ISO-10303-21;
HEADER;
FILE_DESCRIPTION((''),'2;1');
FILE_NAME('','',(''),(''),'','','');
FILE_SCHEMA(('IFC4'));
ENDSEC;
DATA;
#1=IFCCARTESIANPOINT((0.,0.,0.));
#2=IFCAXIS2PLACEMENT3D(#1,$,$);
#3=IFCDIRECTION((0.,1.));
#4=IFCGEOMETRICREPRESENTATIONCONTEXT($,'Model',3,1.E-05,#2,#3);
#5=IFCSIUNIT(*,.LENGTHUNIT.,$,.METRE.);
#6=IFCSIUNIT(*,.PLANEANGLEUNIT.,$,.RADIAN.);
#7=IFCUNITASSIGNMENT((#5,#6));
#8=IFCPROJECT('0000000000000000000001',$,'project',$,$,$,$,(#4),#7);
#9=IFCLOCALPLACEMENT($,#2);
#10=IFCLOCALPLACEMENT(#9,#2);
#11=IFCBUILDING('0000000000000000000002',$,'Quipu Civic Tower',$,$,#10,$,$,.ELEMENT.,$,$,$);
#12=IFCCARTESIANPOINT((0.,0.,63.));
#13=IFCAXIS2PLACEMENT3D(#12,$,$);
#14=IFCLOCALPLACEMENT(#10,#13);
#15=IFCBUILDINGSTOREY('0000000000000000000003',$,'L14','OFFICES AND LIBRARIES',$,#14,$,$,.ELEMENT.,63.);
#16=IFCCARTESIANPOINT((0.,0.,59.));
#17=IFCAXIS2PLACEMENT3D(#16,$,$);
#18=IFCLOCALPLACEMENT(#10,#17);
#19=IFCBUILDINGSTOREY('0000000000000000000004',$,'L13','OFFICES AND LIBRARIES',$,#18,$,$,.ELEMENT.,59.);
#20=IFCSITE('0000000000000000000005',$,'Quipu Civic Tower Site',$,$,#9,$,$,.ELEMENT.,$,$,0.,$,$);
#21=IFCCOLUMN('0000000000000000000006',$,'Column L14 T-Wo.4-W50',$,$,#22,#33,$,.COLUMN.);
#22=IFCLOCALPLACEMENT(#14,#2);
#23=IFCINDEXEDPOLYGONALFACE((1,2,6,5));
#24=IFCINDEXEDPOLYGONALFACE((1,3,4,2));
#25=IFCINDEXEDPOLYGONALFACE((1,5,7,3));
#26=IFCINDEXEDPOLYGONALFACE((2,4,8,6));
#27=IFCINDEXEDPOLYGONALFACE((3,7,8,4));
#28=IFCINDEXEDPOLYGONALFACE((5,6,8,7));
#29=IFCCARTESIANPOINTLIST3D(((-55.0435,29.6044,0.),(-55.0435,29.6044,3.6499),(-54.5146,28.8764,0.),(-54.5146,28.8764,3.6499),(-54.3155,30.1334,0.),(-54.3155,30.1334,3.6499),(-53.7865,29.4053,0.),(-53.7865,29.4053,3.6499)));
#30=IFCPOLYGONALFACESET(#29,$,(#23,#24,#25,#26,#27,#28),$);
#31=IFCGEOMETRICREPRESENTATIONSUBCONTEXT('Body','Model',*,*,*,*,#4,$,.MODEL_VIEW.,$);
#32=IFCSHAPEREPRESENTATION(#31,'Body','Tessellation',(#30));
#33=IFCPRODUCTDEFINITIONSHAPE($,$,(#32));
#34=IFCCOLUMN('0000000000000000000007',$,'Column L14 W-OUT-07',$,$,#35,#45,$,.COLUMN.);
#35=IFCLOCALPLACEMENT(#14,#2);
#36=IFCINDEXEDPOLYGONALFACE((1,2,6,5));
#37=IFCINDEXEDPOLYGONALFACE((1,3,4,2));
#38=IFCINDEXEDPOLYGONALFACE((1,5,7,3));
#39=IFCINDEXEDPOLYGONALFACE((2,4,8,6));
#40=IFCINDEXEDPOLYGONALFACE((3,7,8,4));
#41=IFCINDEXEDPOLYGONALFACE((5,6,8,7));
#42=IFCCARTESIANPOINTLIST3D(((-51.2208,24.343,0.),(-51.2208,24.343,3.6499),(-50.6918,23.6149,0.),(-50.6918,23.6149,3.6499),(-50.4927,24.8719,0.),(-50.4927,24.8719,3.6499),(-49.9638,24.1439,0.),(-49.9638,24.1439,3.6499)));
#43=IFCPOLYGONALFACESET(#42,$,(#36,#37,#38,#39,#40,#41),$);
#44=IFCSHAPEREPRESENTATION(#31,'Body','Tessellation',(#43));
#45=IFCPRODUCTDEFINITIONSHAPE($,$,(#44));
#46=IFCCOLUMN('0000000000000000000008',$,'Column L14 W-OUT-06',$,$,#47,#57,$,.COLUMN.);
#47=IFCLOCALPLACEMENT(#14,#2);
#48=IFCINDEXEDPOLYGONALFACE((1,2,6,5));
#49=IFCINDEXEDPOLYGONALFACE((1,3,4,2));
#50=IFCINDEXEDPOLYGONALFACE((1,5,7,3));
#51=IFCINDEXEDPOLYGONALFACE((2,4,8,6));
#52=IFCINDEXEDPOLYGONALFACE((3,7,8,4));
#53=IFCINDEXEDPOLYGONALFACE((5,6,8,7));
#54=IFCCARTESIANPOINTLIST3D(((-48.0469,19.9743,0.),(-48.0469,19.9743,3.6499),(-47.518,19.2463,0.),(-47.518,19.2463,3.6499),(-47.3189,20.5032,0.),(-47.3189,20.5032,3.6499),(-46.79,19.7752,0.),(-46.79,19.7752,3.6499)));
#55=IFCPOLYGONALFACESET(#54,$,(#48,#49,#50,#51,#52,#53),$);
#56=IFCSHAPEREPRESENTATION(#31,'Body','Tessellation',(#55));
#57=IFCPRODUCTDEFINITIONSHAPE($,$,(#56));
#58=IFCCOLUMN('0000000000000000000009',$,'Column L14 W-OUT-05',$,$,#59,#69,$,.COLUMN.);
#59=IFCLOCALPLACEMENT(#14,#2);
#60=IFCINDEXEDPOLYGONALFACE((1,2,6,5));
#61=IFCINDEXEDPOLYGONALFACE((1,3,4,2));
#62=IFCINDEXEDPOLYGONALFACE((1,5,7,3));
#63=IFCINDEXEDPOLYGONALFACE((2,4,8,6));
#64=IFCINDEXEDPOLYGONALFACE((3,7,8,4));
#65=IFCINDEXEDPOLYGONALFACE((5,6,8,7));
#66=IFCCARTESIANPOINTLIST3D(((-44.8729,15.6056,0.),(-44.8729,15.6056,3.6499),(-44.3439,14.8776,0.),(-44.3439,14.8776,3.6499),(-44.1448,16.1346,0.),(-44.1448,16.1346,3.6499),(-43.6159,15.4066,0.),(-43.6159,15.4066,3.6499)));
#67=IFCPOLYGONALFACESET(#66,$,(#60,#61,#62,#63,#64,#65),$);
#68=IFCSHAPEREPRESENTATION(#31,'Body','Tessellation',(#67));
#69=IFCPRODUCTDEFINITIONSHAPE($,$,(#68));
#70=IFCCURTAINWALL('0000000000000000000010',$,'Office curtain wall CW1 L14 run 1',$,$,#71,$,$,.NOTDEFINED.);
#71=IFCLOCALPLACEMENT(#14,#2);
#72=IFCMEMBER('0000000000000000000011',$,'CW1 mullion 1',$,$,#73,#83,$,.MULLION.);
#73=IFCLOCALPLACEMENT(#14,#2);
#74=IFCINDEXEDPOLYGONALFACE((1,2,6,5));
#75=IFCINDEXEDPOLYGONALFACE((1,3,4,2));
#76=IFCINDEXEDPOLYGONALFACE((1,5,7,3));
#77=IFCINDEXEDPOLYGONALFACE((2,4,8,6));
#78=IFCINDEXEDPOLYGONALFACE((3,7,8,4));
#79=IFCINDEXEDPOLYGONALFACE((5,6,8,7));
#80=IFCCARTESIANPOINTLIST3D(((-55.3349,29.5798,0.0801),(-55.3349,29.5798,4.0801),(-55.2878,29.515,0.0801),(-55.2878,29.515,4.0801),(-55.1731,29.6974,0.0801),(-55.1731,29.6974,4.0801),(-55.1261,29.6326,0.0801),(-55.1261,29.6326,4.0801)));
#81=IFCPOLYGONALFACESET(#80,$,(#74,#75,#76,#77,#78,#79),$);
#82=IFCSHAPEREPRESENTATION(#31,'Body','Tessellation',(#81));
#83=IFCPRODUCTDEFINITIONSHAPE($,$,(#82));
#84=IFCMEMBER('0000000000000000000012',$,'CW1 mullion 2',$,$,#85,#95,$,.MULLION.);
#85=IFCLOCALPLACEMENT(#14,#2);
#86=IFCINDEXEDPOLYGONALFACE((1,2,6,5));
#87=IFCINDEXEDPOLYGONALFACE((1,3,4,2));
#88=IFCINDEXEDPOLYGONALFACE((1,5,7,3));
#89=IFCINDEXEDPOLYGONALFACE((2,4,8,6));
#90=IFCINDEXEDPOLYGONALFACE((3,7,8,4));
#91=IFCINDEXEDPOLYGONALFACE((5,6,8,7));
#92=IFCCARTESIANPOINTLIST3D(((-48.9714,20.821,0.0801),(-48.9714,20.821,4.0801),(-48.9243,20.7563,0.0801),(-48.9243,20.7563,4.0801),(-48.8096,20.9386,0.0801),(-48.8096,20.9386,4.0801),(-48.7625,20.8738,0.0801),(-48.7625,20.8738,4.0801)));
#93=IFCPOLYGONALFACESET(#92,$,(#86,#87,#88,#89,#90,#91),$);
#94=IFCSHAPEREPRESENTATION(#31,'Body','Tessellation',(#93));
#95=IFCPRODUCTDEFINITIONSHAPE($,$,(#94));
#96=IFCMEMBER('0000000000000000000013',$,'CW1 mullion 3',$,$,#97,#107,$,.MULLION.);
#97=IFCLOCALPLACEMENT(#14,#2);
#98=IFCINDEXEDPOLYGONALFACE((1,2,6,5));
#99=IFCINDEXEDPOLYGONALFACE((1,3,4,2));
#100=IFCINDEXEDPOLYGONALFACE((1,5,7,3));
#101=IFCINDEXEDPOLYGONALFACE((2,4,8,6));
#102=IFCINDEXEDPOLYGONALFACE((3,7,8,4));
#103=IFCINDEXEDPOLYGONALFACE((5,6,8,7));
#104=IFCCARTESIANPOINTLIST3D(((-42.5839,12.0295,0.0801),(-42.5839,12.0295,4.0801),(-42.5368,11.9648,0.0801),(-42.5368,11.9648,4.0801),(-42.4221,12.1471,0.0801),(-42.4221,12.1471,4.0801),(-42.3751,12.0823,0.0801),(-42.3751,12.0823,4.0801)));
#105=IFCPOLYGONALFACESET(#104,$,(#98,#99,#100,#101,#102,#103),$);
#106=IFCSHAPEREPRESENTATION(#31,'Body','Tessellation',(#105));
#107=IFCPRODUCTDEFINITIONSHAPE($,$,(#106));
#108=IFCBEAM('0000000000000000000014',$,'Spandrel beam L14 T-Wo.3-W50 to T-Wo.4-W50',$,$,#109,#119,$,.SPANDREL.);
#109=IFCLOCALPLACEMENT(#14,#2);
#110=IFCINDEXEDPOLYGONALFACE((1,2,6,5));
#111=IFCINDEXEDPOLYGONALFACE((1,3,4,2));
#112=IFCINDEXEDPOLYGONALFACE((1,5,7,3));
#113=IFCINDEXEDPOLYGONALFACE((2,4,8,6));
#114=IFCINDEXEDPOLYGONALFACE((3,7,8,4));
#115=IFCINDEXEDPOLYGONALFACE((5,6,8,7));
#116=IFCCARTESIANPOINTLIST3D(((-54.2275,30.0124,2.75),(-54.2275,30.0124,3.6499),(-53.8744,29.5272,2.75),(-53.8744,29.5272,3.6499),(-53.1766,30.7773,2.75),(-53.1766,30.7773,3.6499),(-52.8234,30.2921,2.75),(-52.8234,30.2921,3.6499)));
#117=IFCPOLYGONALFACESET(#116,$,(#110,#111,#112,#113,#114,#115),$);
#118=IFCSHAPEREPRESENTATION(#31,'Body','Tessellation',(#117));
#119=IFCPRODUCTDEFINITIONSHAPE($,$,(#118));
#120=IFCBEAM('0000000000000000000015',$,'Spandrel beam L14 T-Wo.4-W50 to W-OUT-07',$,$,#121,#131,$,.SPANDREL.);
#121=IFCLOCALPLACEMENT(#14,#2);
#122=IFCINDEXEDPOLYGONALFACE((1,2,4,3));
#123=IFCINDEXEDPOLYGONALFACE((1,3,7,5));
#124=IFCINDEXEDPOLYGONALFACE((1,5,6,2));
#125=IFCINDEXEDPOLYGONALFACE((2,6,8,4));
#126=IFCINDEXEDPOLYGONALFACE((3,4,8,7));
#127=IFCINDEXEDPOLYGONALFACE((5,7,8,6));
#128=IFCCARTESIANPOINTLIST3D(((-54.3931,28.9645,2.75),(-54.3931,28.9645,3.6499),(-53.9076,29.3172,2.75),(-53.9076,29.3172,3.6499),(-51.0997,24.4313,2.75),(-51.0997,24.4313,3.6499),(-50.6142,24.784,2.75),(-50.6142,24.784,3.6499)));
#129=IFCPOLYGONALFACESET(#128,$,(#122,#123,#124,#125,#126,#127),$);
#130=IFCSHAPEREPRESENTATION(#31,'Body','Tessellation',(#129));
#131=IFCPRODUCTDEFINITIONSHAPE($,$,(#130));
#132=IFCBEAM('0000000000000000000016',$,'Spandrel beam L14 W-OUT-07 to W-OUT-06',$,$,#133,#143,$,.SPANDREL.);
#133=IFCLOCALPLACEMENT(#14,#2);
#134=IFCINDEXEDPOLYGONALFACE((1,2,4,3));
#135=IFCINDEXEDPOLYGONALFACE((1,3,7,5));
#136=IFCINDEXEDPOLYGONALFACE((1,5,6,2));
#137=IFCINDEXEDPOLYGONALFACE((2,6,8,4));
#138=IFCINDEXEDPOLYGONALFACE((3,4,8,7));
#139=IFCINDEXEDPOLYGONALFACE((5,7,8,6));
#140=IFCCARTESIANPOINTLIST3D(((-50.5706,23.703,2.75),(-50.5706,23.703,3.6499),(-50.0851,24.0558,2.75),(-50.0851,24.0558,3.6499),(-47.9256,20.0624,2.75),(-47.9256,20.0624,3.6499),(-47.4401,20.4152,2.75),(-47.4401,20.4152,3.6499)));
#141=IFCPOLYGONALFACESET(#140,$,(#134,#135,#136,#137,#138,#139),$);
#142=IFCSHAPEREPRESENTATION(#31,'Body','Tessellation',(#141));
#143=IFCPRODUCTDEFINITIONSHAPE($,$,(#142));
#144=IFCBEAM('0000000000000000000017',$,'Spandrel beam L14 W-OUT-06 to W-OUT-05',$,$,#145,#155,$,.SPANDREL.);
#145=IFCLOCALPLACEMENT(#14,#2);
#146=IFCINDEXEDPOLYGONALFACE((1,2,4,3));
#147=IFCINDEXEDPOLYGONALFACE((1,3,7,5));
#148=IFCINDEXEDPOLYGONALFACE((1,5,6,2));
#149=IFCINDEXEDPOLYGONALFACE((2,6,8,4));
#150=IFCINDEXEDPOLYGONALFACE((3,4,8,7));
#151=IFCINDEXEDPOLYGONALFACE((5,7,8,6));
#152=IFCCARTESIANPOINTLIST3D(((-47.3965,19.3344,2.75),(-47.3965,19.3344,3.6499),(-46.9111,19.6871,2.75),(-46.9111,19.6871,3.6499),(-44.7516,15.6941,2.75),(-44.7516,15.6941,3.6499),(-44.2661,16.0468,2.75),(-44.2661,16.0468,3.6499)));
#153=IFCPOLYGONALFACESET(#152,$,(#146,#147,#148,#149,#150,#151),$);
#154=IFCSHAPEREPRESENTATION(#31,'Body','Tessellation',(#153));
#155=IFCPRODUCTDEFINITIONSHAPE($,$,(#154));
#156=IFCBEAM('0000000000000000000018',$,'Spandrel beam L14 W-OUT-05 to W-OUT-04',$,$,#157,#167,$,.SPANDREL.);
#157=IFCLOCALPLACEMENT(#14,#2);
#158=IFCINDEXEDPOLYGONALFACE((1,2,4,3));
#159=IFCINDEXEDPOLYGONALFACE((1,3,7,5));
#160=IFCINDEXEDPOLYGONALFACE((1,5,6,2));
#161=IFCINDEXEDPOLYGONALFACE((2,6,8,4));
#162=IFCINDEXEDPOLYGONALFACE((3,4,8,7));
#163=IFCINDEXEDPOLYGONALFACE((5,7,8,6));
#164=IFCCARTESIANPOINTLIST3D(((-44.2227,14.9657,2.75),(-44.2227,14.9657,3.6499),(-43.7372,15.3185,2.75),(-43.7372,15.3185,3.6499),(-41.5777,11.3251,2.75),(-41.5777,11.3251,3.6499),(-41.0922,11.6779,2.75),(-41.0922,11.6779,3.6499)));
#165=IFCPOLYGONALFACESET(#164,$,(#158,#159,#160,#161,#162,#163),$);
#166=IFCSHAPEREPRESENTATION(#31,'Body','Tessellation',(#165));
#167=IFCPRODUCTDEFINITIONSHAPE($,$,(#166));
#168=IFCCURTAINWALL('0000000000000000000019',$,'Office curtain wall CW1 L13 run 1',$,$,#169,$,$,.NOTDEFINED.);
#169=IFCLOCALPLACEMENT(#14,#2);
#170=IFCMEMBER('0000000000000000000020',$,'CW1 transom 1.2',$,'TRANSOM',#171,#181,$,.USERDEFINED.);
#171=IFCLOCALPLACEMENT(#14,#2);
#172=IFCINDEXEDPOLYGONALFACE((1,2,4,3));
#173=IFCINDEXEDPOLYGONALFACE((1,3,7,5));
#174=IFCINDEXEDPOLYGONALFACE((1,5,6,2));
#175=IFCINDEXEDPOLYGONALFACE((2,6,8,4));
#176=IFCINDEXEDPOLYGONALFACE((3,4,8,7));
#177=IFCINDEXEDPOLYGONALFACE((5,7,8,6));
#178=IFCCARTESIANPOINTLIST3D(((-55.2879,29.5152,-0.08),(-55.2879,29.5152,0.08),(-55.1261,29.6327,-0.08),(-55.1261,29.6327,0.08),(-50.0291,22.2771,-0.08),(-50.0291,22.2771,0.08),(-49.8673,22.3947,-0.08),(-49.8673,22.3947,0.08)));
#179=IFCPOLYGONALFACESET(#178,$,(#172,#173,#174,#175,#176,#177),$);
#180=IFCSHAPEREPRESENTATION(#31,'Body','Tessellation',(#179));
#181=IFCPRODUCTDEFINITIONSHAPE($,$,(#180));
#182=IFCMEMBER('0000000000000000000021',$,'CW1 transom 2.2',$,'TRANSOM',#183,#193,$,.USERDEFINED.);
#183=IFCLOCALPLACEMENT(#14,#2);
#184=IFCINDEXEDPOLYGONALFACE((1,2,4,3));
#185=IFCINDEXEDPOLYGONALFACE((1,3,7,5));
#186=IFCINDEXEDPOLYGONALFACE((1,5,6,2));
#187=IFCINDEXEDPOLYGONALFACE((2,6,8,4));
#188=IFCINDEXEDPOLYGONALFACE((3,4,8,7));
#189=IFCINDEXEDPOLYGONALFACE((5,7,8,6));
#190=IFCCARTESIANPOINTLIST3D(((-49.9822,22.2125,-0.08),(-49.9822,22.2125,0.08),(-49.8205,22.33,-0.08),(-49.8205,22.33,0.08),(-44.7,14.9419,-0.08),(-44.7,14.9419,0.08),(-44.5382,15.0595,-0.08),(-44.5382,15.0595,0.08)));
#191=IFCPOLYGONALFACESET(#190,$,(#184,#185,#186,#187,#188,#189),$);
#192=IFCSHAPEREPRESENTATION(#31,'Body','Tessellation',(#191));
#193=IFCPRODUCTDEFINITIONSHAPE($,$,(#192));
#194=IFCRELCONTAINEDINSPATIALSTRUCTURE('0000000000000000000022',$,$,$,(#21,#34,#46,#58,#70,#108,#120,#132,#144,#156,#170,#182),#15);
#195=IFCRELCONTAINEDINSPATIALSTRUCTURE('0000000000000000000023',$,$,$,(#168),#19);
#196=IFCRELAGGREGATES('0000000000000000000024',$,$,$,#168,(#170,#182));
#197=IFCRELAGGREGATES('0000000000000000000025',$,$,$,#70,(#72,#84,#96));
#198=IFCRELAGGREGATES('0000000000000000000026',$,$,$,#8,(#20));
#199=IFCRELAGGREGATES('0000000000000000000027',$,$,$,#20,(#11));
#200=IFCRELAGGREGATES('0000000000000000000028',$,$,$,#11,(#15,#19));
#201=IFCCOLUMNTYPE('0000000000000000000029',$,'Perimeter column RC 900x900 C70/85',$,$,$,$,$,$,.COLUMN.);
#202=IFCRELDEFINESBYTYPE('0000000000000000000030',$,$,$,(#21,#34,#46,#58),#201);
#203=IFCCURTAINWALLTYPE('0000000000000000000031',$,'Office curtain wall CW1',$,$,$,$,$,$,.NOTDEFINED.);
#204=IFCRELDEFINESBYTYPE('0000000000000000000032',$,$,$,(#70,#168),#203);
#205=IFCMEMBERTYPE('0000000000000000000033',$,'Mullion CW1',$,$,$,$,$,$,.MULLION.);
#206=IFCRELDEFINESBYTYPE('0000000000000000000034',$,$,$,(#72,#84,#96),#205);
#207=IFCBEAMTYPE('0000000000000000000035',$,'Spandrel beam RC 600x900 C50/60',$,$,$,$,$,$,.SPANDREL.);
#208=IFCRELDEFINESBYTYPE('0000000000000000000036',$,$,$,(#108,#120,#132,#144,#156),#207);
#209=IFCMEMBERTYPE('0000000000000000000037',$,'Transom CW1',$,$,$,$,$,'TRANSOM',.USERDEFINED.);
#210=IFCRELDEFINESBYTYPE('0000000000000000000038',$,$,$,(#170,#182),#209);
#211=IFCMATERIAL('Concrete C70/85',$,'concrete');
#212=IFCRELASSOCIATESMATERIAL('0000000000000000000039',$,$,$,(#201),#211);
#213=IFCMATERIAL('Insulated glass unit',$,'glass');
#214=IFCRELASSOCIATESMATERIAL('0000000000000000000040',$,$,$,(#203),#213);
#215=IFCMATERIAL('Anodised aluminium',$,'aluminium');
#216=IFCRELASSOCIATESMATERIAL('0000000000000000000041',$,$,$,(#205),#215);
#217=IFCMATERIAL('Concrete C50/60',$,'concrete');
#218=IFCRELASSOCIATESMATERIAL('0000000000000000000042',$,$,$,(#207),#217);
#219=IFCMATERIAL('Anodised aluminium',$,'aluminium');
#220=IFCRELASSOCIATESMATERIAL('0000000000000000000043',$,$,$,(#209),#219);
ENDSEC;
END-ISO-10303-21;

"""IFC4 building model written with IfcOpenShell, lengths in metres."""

from ifc_helpers import new_model, si_unit, direction, frame, origin, origin_2d, place, context, subcontext, project, spatial, rectangle, extrude, material, material_profile, profile_set, type_object, element, aggregate, save


model = new_model("IFC4")

# Units and contexts
model_context = context("Model", 3, precision=1e-05, world=origin(), true_north=direction((0.0, 1.0)))
body_context = subcontext(model_context, "Body", "Model", "MODEL_VIEW")
ifc_project = project(units=[si_unit("LENGTHUNIT", "METRE"), si_unit("PLANEANGLEUNIT", "RADIAN")], contexts=[model_context])

# Site, building, storey
site_placement = place(None, origin())
site = spatial("IfcSite", under=ifc_project, at=site_placement, Name="Quipu Civic Tower Site", CompositionType="ELEMENT", RefElevation=0.0)
building_placement = place(site_placement, origin())
building = spatial("IfcBuilding", under=site, at=building_placement, Name="Quipu Civic Tower", CompositionType="ELEMENT")
storey_1_placement = place(building_placement, frame((0.0, 0.0, 63.0)))
storey_1 = spatial("IfcBuildingStorey", under=building, at=storey_1_placement, Name="L14", Description="OFFICES AND LIBRARIES", CompositionType="ELEMENT", Elevation=63.0)

# Columns
ifc_material_1 = material(Name="Concrete C70/85", Category="concrete")
ifc_material_profile_1 = material_profile(ifc_material_1, rectangle(XDim=0.8999, YDim=0.8999, at=origin_2d()), Name="RC900x900")
ifc_profile_set_1 = profile_set([ifc_material_profile_1], Name="Concrete C70/85")
column_type = type_object("IfcColumnType", Name="Perimeter column RC 900x900 C70/85", PredefinedType="COLUMN", material=ifc_profile_set_1)
for number, where, z_axis, x_axis, name in (
    (1, (-54.415, 29.5049, 0.0), (0.0, 0.0, 1.0), (0.587785, -0.809017, 0.0), "Column L14 T-Wo.4-W50"),
    (2, (-50.5923, 24.2434, 0.0), (0.0, 0.0, 1.0), (0.587785, -0.809017, 0.0), "Column L14 W-OUT-07"),
    (3, (-47.4185, 19.8748, 0.0), (0.0, 0.0, 1.0), (0.587785, -0.809017, 0.0), "Column L14 W-OUT-06"),
    (4, (-44.2444, 15.5061, 0.0), (0.0, 0.0, 1.0), (0.587785, -0.809017, 0.0), "Column L14 W-OUT-05"),
):
    element("IfcColumn", number, at=place(storey_1_placement, frame(where, z_axis=z_axis, x_axis=x_axis)), inside=storey_1, type_object=column_type, Name=name, PredefinedType="COLUMN", context=body_context, shape_type="SweptSolid", body=[
        extrude(rectangle(XDim=0.8999, YDim=0.8999, at=origin_2d()), origin(), (0.0, 0.0, 1.0), 3.6499),
    ])

# Curtain wall, members
ifc_material_2 = material(Name="Insulated glass unit", Category="glass")
curtain_wall_type = type_object("IfcCurtainWallType", Name="Office curtain wall CW1", PredefinedType="NOTDEFINED", material=ifc_material_2)
curtain_wall_1_placement = place(storey_1_placement, origin())
curtain_wall_1 = element("IfcCurtainWall", 5, at=curtain_wall_1_placement, inside=storey_1, type_object=curtain_wall_type, Name="Office curtain wall CW1 L14 run 1", PredefinedType="NOTDEFINED")
ifc_material_3 = material(Name="Anodised aluminium", Category="aluminium")
ifc_material_profile_2 = material_profile(ifc_material_3, rectangle(XDim=0.2, YDim=0.0801, at=origin_2d()), Name="RECT 200x80")
ifc_profile_set_2 = profile_set([ifc_material_profile_2], Name="Anodised aluminium")
member_type_1 = type_object("IfcMemberType", Name="Mullion CW1", PredefinedType="MULLION", material=ifc_profile_set_2)
member_1_placement = place(storey_1_placement, frame((-55.2305, 29.6062, 0.0801), z_axis=(0.0, 0.0, 1.0), x_axis=(0.809016, 0.587786, 0.0)))
member_1 = element("IfcMember", 6, at=member_1_placement, type_object=member_type_1, Name="CW1 mullion 1", PredefinedType="MULLION", context=body_context, shape_type="SweptSolid", body=[
    extrude(rectangle(XDim=0.2, YDim=0.0801, at=origin_2d()), origin(), (0.0, 0.0, 1.0), 4.0),
])
member_2_placement = place(storey_1_placement, frame((-48.8669, 20.8474, 0.0801), z_axis=(0.0, 0.0, 1.0), x_axis=(0.809016, 0.587786, 0.0)))
member_2 = element("IfcMember", 7, at=member_2_placement, type_object=member_type_1, Name="CW1 mullion 2", PredefinedType="MULLION", context=body_context, shape_type="SweptSolid", body=[
    extrude(rectangle(XDim=0.2, YDim=0.0801, at=origin_2d()), origin(), (0.0, 0.0, 1.0), 4.0),
])
member_3_placement = place(storey_1_placement, frame((-42.4795, 12.0559, 0.0801), z_axis=(0.0, 0.0, 1.0), x_axis=(0.809016, 0.587786, 0.0)))
member_3 = element("IfcMember", 8, at=member_3_placement, type_object=member_type_1, Name="CW1 mullion 3", PredefinedType="MULLION", context=body_context, shape_type="SweptSolid", body=[
    extrude(rectangle(XDim=0.2, YDim=0.0801, at=origin_2d()), origin(), (0.0, 0.0, 1.0), 4.0),
])

# Beams
ifc_material_4 = material(Name="Concrete C50/60", Category="concrete")
ifc_material_profile_3 = material_profile(ifc_material_4, rectangle(XDim=0.6001, YDim=0.8999, at=origin_2d()), Name="RC600x900")
ifc_profile_set_3 = profile_set([ifc_material_profile_3], Name="Concrete C50/60")
beam_type = type_object("IfcBeamType", Name="Spandrel beam RC 600x900 C50/60", PredefinedType="SPANDREL", material=ifc_profile_set_3)
beam_1_placement = place(storey_1_placement, frame((-53.0, 30.5347, 3.2), z_axis=(-0.808549, -0.588429, 0.0), x_axis=(0.588429, -0.808549, 0.0)))
element("IfcBeam", 9, at=beam_1_placement, inside=storey_1, type_object=beam_type, Name="Spandrel beam L14 T-Wo.3-W50 to T-Wo.4-W50", PredefinedType="SPANDREL", context=body_context, shape_type="SweptSolid", body=[
    extrude(rectangle(XDim=0.6001, YDim=0.8999, at=origin_2d()), origin(), (0.0, 0.0, 1.0), 1.2998),
])
beam_2_placement = place(storey_1_placement, frame((-54.1504, 29.1409, 3.2), z_axis=(0.587773, -0.809026, 0.0), x_axis=(0.809026, 0.587773, 0.0)))
element("IfcBeam", 10, at=beam_2_placement, inside=storey_1, type_object=beam_type, Name="Spandrel beam L14 T-Wo.4-W50 to W-OUT-07", PredefinedType="SPANDREL", context=body_context, shape_type="SweptSolid", body=[
    extrude(rectangle(XDim=0.6001, YDim=0.8999, at=origin_2d()), origin(), (0.0, 0.0, 1.0), 5.6033),
])
beam_3_placement = place(storey_1_placement, frame((-50.3279, 23.8794, 3.2), z_axis=(0.587778, -0.809022, 0.0), x_axis=(0.809022, 0.587778, 0.0)))
element("IfcBeam", 11, at=beam_3_placement, inside=storey_1, type_object=beam_type, Name="Spandrel beam L14 W-OUT-07 to W-OUT-06", PredefinedType="SPANDREL", context=body_context, shape_type="SweptSolid", body=[
    extrude(rectangle(XDim=0.6001, YDim=0.8999, at=origin_2d()), origin(), (0.0, 0.0, 1.0), 4.5),
])
beam_4_placement = place(storey_1_placement, frame((-47.1538, 19.5107, 3.2), z_axis=(0.587804, -0.809003, 0.0), x_axis=(0.809003, 0.587804, 0.0)))
element("IfcBeam", 12, at=beam_4_placement, inside=storey_1, type_object=beam_type, Name="Spandrel beam L14 W-OUT-06 to W-OUT-05", PredefinedType="SPANDREL", context=body_context, shape_type="SweptSolid", body=[
    extrude(rectangle(XDim=0.6001, YDim=0.8999, at=origin_2d()), origin(), (0.0, 0.0, 1.0), 4.4998),
])
beam_5_placement = place(storey_1_placement, frame((-43.98, 15.1421, 3.2), z_axis=(0.587778, -0.809022, 0.0), x_axis=(0.809022, 0.587778, 0.0)))
element("IfcBeam", 13, at=beam_5_placement, inside=storey_1, type_object=beam_type, Name="Spandrel beam L14 W-OUT-05 to W-OUT-04", PredefinedType="SPANDREL", context=body_context, shape_type="SweptSolid", body=[
    extrude(rectangle(XDim=0.6001, YDim=0.8999, at=origin_2d()), origin(), (0.0, 0.0, 1.0), 4.5),
])

# Shared definitions
storey_2_placement = place(building_placement, frame((0.0, 0.0, 59.0)))
storey_2 = spatial("IfcBuildingStorey", under=building, at=storey_2_placement, Name="L13", Description="OFFICES AND LIBRARIES", CompositionType="ELEMENT", Elevation=59.0)

# Curtain wall, members
curtain_wall_2_placement = place(storey_2_placement, origin())
curtain_wall_2 = element("IfcCurtainWall", 14, at=curtain_wall_2_placement, inside=storey_2, type_object=curtain_wall_type, Name="Office curtain wall CW1 L13 run 1", PredefinedType="NOTDEFINED")
ifc_material_5 = material(Name="Anodised aluminium", Category="aluminium")
ifc_material_profile_4 = material_profile(ifc_material_5, rectangle(XDim=0.2, YDim=0.1599, at=origin_2d()), Name="RECT 200x160")
ifc_profile_set_4 = profile_set([ifc_material_profile_4], Name="Anodised aluminium")
member_type_2 = type_object("IfcMemberType", Name="Transom CW1", ElementType="TRANSOM", PredefinedType="USERDEFINED", material=ifc_profile_set_4)
member_4_placement = place(storey_1_placement, frame((-55.207, 29.574, 0.0), z_axis=(0.587789, -0.809014, 0.0), x_axis=(0.809014, 0.587789, 0.0)))
member_4 = element("IfcMember", 15, at=member_4_placement, inside=storey_1, type_object=member_type_2, Name="CW1 transom 1.2", ObjectType="TRANSOM", PredefinedType="USERDEFINED", context=body_context, shape_type="SweptSolid", body=[
    extrude(rectangle(XDim=0.2, YDim=0.1599, at=origin_2d()), origin(), (0.0, 0.0, 1.0), 8.9468),
])
member_5_placement = place(storey_1_placement, frame((-49.9014, 22.2712, 0.0), z_axis=(0.587777, -0.809023, 0.0), x_axis=(0.809023, 0.587777, 0.0)))
member_5 = element("IfcMember", 16, at=member_5_placement, inside=storey_1, type_object=member_type_2, Name="CW1 transom 2.2", ObjectType="TRANSOM", PredefinedType="USERDEFINED", context=body_context, shape_type="SweptSolid", body=[
    extrude(rectangle(XDim=0.2, YDim=0.1599, at=origin_2d()), origin(), (0.0, 0.0, 1.0), 8.9868),
])
aggregate(curtain_wall_2, [member_4, member_5])

aggregate(curtain_wall_1, [member_1, member_2, member_3])

save(model, "model.ifc")
